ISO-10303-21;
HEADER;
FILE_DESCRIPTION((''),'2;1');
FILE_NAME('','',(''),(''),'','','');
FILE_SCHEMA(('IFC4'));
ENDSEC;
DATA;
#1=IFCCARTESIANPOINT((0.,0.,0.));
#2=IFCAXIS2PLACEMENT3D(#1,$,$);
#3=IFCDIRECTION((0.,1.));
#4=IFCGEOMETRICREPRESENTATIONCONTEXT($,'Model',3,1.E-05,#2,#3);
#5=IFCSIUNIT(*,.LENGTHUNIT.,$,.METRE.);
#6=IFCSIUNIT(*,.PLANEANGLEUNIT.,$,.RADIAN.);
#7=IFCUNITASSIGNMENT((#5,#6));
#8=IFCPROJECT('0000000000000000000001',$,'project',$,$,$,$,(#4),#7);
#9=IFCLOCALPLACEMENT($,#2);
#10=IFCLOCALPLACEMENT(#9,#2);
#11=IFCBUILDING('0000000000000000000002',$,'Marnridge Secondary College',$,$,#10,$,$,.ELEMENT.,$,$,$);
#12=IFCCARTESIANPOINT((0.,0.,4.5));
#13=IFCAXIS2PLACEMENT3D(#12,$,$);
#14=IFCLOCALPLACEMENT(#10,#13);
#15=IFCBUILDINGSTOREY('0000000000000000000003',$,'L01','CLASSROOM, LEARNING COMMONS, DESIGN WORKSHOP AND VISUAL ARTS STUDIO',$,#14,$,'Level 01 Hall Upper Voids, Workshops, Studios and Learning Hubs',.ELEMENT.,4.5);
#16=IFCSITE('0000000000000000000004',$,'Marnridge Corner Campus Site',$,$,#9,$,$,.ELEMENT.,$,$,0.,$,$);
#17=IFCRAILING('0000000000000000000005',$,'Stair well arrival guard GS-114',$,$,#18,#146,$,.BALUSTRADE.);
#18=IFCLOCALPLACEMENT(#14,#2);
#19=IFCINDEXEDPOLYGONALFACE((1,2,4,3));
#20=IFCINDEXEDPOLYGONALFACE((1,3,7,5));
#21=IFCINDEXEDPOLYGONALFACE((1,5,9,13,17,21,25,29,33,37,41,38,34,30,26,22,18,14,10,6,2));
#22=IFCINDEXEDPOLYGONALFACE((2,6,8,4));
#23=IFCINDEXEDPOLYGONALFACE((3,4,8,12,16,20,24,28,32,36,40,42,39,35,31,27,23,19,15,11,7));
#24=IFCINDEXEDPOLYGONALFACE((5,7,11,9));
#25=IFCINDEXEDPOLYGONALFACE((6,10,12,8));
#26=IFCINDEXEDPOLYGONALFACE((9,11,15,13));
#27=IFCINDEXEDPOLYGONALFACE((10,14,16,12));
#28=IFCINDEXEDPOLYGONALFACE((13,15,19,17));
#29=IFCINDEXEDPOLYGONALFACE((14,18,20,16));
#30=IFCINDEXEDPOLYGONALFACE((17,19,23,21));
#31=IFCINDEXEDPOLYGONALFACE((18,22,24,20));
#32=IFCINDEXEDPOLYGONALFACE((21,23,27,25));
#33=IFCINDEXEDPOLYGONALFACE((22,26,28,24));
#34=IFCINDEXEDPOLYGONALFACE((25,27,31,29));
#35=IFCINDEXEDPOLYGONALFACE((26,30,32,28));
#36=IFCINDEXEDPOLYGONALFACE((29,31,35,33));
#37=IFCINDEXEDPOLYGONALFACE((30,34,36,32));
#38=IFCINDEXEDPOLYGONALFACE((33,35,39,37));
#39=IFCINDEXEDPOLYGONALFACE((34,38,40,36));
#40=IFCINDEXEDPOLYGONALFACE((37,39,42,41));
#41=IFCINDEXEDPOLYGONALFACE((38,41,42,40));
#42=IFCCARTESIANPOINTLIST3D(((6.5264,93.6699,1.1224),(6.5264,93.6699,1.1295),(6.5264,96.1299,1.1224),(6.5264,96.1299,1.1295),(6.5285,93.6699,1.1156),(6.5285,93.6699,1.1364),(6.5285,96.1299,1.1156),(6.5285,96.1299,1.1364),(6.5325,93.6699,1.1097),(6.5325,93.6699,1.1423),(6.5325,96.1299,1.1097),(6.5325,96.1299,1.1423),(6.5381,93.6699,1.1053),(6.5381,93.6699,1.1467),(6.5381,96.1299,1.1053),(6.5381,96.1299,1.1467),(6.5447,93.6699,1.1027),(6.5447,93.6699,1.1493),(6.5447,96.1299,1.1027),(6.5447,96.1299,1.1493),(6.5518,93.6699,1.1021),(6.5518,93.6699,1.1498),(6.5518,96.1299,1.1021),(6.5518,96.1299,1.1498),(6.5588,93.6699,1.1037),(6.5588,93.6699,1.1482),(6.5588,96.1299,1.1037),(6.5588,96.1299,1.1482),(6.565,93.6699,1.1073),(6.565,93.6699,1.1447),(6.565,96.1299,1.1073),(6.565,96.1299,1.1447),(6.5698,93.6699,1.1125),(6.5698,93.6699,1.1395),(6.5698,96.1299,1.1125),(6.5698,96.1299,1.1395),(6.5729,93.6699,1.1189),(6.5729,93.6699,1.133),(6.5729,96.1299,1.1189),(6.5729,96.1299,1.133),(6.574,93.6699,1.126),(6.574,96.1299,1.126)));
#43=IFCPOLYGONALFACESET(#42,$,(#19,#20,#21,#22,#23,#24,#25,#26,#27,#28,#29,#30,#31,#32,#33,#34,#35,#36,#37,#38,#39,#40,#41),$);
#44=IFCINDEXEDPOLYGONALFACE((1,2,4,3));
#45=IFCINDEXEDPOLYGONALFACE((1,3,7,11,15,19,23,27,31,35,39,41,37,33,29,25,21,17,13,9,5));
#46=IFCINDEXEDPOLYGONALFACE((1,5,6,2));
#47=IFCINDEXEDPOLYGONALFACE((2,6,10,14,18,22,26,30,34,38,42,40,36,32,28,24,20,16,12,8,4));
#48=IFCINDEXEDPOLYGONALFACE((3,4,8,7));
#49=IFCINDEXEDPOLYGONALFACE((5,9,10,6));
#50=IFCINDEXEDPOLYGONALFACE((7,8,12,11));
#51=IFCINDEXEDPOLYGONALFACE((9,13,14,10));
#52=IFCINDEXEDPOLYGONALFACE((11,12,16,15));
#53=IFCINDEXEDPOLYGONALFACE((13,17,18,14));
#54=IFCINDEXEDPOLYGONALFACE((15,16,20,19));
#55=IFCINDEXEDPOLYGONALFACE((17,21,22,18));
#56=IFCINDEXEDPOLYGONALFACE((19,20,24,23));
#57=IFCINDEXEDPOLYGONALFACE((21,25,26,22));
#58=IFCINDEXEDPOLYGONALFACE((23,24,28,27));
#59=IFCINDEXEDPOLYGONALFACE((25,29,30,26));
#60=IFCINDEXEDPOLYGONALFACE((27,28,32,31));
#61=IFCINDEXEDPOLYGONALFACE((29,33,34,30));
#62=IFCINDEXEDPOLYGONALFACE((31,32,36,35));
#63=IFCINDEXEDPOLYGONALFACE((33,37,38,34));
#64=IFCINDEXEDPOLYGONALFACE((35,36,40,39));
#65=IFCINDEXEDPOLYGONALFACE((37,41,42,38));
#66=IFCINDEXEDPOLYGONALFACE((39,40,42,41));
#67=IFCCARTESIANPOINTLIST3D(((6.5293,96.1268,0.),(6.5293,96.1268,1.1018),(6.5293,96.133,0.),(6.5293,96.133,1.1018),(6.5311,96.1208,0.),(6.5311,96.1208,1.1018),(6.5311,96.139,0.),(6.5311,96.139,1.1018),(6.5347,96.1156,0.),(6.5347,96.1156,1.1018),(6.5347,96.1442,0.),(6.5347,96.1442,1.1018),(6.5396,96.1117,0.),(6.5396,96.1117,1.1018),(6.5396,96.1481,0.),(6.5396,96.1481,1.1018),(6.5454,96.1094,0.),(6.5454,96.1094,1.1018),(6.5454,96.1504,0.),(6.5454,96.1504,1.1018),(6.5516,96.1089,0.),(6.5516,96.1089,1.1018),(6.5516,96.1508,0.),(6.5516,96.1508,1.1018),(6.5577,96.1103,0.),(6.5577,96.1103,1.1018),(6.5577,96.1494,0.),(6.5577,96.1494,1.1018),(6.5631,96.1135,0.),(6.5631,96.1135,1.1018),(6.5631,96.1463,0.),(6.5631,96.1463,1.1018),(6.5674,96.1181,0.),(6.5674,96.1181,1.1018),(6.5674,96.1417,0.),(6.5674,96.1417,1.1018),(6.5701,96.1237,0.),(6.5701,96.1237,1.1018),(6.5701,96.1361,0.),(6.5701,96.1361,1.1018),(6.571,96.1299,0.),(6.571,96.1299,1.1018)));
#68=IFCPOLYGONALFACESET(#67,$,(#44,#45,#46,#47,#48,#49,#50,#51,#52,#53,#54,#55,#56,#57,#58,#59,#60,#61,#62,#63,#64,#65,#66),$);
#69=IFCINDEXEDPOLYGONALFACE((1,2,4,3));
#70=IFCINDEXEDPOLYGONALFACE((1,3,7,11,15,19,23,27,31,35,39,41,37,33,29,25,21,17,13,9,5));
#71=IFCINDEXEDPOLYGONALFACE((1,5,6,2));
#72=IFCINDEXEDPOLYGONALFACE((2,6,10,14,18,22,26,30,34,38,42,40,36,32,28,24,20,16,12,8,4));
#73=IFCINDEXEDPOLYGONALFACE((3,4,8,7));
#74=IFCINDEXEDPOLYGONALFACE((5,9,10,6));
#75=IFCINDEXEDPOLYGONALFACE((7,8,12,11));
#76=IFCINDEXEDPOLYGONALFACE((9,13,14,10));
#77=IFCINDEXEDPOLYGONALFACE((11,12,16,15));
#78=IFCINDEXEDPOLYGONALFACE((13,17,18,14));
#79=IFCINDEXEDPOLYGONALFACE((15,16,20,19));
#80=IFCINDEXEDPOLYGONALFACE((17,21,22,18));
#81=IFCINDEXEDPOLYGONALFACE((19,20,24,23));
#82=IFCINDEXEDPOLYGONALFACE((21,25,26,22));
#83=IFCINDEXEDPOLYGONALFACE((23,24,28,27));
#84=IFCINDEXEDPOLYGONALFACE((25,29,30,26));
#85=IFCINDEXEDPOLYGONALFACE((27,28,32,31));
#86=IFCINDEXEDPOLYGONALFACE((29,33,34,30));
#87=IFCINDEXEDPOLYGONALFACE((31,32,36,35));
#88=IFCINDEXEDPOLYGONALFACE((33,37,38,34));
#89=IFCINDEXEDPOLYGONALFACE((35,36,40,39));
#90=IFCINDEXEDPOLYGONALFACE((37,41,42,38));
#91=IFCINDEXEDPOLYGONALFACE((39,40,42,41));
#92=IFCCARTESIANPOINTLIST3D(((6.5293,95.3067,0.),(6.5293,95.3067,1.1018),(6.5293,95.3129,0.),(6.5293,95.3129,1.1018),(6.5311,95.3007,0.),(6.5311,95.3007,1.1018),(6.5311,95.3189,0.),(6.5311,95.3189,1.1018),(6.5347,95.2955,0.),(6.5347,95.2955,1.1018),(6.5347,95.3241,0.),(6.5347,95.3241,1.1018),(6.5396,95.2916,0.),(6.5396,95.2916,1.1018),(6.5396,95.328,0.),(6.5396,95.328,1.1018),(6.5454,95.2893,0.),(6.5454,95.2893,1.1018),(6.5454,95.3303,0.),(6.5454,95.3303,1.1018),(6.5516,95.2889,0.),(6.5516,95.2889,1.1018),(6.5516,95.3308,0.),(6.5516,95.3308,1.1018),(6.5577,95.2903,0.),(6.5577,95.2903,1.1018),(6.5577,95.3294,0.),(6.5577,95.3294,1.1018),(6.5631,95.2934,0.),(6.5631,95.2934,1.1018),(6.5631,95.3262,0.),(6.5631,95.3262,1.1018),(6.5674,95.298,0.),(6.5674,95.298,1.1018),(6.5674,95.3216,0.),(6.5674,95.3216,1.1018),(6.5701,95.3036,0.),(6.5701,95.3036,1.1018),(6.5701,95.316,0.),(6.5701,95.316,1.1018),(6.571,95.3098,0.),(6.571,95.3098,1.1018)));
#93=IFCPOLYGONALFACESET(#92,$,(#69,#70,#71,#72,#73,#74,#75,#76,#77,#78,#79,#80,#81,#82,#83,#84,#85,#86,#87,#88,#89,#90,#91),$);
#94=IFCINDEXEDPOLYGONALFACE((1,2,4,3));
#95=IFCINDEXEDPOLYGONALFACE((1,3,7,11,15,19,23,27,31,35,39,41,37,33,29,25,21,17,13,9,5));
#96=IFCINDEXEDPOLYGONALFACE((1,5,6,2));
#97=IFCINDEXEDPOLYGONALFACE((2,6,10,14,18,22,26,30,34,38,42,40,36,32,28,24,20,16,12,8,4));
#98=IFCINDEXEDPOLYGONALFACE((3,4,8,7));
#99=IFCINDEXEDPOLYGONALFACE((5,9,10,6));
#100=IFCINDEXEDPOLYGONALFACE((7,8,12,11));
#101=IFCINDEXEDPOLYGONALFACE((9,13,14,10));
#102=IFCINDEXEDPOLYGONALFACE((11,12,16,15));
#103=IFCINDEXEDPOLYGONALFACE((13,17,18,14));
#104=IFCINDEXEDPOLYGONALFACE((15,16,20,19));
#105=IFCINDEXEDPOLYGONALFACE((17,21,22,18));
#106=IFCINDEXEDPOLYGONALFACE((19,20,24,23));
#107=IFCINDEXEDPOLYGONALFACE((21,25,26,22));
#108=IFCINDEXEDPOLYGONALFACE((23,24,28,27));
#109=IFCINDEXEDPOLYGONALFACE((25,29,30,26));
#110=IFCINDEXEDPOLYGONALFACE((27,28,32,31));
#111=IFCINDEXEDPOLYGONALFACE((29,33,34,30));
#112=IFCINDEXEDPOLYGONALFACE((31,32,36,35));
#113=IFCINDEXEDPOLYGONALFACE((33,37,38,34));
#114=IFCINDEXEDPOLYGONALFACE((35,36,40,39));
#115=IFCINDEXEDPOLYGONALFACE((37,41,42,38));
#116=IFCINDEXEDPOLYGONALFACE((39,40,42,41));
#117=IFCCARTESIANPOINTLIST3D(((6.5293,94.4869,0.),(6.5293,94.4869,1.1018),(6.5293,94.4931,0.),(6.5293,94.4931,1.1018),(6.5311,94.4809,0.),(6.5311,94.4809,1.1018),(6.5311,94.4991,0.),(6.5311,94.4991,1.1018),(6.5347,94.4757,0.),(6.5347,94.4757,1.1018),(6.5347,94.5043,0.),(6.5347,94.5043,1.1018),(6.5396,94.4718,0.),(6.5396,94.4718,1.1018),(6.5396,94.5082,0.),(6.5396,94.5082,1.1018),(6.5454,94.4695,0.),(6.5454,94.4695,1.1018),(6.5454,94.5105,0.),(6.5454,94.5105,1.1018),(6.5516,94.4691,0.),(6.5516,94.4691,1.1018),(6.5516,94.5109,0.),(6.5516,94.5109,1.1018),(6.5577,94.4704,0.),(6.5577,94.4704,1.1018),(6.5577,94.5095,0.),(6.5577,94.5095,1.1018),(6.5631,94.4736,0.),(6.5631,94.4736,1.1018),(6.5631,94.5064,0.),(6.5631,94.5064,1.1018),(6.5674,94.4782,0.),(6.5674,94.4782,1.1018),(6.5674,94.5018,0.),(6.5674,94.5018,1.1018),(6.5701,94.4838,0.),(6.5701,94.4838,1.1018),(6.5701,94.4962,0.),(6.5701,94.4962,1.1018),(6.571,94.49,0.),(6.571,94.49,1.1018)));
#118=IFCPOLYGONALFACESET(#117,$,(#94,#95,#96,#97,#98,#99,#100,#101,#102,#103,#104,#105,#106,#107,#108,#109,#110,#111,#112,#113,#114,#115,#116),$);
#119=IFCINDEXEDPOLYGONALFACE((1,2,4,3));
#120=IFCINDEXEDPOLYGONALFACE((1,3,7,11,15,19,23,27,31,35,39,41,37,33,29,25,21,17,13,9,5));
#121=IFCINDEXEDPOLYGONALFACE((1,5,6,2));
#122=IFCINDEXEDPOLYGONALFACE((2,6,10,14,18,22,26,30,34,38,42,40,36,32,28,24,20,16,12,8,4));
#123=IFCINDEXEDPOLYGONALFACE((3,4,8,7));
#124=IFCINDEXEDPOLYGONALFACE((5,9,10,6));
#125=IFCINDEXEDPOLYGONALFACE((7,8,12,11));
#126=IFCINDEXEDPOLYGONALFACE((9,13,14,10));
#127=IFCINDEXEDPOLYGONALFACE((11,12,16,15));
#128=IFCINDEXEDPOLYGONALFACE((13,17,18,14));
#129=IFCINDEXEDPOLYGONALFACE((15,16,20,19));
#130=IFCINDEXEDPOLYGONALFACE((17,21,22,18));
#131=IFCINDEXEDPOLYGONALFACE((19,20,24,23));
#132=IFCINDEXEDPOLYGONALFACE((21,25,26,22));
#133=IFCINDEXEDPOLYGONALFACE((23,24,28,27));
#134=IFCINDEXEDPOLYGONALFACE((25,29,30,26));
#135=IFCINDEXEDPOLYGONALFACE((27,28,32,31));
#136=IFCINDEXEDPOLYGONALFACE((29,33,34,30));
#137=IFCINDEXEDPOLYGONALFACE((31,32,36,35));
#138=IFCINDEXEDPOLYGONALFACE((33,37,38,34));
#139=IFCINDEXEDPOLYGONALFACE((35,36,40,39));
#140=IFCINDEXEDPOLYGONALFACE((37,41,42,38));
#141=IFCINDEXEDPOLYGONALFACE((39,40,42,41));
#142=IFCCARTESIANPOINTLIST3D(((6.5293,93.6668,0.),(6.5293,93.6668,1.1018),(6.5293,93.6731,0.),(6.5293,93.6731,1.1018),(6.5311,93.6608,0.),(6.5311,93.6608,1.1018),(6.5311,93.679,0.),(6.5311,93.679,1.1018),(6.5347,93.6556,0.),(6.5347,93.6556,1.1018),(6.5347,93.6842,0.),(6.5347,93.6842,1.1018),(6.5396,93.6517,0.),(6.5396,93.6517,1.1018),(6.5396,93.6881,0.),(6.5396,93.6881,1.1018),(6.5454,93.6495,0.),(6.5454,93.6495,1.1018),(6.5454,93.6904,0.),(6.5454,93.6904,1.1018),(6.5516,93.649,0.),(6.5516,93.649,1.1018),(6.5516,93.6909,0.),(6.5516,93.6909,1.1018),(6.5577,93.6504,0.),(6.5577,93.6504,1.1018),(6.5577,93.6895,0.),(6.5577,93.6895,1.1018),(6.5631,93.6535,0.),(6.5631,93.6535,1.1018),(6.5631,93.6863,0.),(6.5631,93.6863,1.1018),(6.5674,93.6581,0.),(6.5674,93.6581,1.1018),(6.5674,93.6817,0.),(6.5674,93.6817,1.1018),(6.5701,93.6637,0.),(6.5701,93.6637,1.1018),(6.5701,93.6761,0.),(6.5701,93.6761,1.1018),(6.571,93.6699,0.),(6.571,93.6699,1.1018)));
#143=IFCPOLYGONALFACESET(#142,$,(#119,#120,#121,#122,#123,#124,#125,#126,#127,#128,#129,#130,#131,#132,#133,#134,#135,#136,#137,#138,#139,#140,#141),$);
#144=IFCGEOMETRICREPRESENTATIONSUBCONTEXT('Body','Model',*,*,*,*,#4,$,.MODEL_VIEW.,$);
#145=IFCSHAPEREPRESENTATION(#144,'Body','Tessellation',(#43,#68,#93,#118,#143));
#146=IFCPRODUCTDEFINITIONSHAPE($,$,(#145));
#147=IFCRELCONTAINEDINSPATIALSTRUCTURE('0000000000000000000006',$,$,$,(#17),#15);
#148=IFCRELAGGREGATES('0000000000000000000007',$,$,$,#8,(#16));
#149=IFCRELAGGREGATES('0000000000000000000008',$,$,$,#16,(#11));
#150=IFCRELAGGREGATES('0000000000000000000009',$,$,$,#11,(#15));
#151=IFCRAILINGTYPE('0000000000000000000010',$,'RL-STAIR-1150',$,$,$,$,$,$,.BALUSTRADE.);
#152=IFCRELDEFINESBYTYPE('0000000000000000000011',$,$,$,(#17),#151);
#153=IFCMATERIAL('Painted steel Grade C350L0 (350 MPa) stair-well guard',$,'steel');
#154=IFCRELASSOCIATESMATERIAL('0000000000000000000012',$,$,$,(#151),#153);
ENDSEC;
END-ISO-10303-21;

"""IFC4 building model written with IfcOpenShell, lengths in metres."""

from ifc_helpers import new_model, si_unit, direction, frame, origin, origin_2d, place, context, subcontext, project, spatial, circle, extrude, material, type_object, element, save


model = new_model("IFC4")

# Units and contexts
model_context = context("Model", 3, precision=1e-05, world=origin(), true_north=direction((0.0, 1.0)))
body_context = subcontext(model_context, "Body", "Model", "MODEL_VIEW")
ifc_project = project(units=[si_unit("LENGTHUNIT", "METRE"), si_unit("PLANEANGLEUNIT", "RADIAN")], contexts=[model_context])

# Site, building, storey
site_placement = place(None, origin())
site = spatial("IfcSite", under=ifc_project, at=site_placement, Name="Marnridge Corner Campus Site", CompositionType="ELEMENT", RefElevation=0.0)
building_placement = place(site_placement, origin())
building = spatial("IfcBuilding", under=site, at=building_placement, Name="Marnridge Secondary College", CompositionType="ELEMENT")
storey_placement = place(building_placement, frame((0.0, 0.0, 4.5)))
storey = spatial("IfcBuildingStorey", under=building, at=storey_placement, Name="L01", Description="CLASSROOM, LEARNING COMMONS, DESIGN WORKSHOP AND VISUAL ARTS STUDIO", LongName="Level 01 Hall Upper Voids, Workshops, Studios and Learning Hubs", CompositionType="ELEMENT", Elevation=4.5)

# Railing
ifc_material_1 = material(Name="Painted steel Grade C350L0 (350 MPa) stair-well guard", Category="steel")
railing_type_1 = type_object("IfcRailingType", Name="RL-STAIR-1150", PredefinedType="BALUSTRADE", material=ifc_material_1)
railing_1_placement = place(storey_placement, frame((6.55, 96.1299, 0.0)))
element("IfcRailing", 1, at=railing_1_placement, inside=storey, type_object=railing_type_1, Name="Stair well arrival guard GS-114", PredefinedType="BALUSTRADE", context=body_context, shape_type="SweptSolid", body=[
    extrude(circle(Radius=0.0239, at=origin_2d()), frame((0.0, 0.0, 1.126), z_axis=(0.0, -1.0, 0.0), x_axis=(1.0, 0.0, 0.0)), (0.0, 0.0, 1.0), 2.46),
    extrude(circle(Radius=0.021, at=origin_2d()), origin(), (0.0, 0.0, 1.0), 1.1018),
    extrude(circle(Radius=0.021, at=origin_2d()), frame((0.0, -0.8201, 0.0)), (0.0, 0.0, 1.0), 1.1018),
    extrude(circle(Radius=0.021, at=origin_2d()), frame((0.0, -1.6399, 0.0)), (0.0, 0.0, 1.0), 1.1018),
    extrude(circle(Radius=0.021, at=origin_2d()), frame((0.0, -2.46, 0.0)), (0.0, 0.0, 1.0), 1.1018),
])

save(model, "model.ifc")
